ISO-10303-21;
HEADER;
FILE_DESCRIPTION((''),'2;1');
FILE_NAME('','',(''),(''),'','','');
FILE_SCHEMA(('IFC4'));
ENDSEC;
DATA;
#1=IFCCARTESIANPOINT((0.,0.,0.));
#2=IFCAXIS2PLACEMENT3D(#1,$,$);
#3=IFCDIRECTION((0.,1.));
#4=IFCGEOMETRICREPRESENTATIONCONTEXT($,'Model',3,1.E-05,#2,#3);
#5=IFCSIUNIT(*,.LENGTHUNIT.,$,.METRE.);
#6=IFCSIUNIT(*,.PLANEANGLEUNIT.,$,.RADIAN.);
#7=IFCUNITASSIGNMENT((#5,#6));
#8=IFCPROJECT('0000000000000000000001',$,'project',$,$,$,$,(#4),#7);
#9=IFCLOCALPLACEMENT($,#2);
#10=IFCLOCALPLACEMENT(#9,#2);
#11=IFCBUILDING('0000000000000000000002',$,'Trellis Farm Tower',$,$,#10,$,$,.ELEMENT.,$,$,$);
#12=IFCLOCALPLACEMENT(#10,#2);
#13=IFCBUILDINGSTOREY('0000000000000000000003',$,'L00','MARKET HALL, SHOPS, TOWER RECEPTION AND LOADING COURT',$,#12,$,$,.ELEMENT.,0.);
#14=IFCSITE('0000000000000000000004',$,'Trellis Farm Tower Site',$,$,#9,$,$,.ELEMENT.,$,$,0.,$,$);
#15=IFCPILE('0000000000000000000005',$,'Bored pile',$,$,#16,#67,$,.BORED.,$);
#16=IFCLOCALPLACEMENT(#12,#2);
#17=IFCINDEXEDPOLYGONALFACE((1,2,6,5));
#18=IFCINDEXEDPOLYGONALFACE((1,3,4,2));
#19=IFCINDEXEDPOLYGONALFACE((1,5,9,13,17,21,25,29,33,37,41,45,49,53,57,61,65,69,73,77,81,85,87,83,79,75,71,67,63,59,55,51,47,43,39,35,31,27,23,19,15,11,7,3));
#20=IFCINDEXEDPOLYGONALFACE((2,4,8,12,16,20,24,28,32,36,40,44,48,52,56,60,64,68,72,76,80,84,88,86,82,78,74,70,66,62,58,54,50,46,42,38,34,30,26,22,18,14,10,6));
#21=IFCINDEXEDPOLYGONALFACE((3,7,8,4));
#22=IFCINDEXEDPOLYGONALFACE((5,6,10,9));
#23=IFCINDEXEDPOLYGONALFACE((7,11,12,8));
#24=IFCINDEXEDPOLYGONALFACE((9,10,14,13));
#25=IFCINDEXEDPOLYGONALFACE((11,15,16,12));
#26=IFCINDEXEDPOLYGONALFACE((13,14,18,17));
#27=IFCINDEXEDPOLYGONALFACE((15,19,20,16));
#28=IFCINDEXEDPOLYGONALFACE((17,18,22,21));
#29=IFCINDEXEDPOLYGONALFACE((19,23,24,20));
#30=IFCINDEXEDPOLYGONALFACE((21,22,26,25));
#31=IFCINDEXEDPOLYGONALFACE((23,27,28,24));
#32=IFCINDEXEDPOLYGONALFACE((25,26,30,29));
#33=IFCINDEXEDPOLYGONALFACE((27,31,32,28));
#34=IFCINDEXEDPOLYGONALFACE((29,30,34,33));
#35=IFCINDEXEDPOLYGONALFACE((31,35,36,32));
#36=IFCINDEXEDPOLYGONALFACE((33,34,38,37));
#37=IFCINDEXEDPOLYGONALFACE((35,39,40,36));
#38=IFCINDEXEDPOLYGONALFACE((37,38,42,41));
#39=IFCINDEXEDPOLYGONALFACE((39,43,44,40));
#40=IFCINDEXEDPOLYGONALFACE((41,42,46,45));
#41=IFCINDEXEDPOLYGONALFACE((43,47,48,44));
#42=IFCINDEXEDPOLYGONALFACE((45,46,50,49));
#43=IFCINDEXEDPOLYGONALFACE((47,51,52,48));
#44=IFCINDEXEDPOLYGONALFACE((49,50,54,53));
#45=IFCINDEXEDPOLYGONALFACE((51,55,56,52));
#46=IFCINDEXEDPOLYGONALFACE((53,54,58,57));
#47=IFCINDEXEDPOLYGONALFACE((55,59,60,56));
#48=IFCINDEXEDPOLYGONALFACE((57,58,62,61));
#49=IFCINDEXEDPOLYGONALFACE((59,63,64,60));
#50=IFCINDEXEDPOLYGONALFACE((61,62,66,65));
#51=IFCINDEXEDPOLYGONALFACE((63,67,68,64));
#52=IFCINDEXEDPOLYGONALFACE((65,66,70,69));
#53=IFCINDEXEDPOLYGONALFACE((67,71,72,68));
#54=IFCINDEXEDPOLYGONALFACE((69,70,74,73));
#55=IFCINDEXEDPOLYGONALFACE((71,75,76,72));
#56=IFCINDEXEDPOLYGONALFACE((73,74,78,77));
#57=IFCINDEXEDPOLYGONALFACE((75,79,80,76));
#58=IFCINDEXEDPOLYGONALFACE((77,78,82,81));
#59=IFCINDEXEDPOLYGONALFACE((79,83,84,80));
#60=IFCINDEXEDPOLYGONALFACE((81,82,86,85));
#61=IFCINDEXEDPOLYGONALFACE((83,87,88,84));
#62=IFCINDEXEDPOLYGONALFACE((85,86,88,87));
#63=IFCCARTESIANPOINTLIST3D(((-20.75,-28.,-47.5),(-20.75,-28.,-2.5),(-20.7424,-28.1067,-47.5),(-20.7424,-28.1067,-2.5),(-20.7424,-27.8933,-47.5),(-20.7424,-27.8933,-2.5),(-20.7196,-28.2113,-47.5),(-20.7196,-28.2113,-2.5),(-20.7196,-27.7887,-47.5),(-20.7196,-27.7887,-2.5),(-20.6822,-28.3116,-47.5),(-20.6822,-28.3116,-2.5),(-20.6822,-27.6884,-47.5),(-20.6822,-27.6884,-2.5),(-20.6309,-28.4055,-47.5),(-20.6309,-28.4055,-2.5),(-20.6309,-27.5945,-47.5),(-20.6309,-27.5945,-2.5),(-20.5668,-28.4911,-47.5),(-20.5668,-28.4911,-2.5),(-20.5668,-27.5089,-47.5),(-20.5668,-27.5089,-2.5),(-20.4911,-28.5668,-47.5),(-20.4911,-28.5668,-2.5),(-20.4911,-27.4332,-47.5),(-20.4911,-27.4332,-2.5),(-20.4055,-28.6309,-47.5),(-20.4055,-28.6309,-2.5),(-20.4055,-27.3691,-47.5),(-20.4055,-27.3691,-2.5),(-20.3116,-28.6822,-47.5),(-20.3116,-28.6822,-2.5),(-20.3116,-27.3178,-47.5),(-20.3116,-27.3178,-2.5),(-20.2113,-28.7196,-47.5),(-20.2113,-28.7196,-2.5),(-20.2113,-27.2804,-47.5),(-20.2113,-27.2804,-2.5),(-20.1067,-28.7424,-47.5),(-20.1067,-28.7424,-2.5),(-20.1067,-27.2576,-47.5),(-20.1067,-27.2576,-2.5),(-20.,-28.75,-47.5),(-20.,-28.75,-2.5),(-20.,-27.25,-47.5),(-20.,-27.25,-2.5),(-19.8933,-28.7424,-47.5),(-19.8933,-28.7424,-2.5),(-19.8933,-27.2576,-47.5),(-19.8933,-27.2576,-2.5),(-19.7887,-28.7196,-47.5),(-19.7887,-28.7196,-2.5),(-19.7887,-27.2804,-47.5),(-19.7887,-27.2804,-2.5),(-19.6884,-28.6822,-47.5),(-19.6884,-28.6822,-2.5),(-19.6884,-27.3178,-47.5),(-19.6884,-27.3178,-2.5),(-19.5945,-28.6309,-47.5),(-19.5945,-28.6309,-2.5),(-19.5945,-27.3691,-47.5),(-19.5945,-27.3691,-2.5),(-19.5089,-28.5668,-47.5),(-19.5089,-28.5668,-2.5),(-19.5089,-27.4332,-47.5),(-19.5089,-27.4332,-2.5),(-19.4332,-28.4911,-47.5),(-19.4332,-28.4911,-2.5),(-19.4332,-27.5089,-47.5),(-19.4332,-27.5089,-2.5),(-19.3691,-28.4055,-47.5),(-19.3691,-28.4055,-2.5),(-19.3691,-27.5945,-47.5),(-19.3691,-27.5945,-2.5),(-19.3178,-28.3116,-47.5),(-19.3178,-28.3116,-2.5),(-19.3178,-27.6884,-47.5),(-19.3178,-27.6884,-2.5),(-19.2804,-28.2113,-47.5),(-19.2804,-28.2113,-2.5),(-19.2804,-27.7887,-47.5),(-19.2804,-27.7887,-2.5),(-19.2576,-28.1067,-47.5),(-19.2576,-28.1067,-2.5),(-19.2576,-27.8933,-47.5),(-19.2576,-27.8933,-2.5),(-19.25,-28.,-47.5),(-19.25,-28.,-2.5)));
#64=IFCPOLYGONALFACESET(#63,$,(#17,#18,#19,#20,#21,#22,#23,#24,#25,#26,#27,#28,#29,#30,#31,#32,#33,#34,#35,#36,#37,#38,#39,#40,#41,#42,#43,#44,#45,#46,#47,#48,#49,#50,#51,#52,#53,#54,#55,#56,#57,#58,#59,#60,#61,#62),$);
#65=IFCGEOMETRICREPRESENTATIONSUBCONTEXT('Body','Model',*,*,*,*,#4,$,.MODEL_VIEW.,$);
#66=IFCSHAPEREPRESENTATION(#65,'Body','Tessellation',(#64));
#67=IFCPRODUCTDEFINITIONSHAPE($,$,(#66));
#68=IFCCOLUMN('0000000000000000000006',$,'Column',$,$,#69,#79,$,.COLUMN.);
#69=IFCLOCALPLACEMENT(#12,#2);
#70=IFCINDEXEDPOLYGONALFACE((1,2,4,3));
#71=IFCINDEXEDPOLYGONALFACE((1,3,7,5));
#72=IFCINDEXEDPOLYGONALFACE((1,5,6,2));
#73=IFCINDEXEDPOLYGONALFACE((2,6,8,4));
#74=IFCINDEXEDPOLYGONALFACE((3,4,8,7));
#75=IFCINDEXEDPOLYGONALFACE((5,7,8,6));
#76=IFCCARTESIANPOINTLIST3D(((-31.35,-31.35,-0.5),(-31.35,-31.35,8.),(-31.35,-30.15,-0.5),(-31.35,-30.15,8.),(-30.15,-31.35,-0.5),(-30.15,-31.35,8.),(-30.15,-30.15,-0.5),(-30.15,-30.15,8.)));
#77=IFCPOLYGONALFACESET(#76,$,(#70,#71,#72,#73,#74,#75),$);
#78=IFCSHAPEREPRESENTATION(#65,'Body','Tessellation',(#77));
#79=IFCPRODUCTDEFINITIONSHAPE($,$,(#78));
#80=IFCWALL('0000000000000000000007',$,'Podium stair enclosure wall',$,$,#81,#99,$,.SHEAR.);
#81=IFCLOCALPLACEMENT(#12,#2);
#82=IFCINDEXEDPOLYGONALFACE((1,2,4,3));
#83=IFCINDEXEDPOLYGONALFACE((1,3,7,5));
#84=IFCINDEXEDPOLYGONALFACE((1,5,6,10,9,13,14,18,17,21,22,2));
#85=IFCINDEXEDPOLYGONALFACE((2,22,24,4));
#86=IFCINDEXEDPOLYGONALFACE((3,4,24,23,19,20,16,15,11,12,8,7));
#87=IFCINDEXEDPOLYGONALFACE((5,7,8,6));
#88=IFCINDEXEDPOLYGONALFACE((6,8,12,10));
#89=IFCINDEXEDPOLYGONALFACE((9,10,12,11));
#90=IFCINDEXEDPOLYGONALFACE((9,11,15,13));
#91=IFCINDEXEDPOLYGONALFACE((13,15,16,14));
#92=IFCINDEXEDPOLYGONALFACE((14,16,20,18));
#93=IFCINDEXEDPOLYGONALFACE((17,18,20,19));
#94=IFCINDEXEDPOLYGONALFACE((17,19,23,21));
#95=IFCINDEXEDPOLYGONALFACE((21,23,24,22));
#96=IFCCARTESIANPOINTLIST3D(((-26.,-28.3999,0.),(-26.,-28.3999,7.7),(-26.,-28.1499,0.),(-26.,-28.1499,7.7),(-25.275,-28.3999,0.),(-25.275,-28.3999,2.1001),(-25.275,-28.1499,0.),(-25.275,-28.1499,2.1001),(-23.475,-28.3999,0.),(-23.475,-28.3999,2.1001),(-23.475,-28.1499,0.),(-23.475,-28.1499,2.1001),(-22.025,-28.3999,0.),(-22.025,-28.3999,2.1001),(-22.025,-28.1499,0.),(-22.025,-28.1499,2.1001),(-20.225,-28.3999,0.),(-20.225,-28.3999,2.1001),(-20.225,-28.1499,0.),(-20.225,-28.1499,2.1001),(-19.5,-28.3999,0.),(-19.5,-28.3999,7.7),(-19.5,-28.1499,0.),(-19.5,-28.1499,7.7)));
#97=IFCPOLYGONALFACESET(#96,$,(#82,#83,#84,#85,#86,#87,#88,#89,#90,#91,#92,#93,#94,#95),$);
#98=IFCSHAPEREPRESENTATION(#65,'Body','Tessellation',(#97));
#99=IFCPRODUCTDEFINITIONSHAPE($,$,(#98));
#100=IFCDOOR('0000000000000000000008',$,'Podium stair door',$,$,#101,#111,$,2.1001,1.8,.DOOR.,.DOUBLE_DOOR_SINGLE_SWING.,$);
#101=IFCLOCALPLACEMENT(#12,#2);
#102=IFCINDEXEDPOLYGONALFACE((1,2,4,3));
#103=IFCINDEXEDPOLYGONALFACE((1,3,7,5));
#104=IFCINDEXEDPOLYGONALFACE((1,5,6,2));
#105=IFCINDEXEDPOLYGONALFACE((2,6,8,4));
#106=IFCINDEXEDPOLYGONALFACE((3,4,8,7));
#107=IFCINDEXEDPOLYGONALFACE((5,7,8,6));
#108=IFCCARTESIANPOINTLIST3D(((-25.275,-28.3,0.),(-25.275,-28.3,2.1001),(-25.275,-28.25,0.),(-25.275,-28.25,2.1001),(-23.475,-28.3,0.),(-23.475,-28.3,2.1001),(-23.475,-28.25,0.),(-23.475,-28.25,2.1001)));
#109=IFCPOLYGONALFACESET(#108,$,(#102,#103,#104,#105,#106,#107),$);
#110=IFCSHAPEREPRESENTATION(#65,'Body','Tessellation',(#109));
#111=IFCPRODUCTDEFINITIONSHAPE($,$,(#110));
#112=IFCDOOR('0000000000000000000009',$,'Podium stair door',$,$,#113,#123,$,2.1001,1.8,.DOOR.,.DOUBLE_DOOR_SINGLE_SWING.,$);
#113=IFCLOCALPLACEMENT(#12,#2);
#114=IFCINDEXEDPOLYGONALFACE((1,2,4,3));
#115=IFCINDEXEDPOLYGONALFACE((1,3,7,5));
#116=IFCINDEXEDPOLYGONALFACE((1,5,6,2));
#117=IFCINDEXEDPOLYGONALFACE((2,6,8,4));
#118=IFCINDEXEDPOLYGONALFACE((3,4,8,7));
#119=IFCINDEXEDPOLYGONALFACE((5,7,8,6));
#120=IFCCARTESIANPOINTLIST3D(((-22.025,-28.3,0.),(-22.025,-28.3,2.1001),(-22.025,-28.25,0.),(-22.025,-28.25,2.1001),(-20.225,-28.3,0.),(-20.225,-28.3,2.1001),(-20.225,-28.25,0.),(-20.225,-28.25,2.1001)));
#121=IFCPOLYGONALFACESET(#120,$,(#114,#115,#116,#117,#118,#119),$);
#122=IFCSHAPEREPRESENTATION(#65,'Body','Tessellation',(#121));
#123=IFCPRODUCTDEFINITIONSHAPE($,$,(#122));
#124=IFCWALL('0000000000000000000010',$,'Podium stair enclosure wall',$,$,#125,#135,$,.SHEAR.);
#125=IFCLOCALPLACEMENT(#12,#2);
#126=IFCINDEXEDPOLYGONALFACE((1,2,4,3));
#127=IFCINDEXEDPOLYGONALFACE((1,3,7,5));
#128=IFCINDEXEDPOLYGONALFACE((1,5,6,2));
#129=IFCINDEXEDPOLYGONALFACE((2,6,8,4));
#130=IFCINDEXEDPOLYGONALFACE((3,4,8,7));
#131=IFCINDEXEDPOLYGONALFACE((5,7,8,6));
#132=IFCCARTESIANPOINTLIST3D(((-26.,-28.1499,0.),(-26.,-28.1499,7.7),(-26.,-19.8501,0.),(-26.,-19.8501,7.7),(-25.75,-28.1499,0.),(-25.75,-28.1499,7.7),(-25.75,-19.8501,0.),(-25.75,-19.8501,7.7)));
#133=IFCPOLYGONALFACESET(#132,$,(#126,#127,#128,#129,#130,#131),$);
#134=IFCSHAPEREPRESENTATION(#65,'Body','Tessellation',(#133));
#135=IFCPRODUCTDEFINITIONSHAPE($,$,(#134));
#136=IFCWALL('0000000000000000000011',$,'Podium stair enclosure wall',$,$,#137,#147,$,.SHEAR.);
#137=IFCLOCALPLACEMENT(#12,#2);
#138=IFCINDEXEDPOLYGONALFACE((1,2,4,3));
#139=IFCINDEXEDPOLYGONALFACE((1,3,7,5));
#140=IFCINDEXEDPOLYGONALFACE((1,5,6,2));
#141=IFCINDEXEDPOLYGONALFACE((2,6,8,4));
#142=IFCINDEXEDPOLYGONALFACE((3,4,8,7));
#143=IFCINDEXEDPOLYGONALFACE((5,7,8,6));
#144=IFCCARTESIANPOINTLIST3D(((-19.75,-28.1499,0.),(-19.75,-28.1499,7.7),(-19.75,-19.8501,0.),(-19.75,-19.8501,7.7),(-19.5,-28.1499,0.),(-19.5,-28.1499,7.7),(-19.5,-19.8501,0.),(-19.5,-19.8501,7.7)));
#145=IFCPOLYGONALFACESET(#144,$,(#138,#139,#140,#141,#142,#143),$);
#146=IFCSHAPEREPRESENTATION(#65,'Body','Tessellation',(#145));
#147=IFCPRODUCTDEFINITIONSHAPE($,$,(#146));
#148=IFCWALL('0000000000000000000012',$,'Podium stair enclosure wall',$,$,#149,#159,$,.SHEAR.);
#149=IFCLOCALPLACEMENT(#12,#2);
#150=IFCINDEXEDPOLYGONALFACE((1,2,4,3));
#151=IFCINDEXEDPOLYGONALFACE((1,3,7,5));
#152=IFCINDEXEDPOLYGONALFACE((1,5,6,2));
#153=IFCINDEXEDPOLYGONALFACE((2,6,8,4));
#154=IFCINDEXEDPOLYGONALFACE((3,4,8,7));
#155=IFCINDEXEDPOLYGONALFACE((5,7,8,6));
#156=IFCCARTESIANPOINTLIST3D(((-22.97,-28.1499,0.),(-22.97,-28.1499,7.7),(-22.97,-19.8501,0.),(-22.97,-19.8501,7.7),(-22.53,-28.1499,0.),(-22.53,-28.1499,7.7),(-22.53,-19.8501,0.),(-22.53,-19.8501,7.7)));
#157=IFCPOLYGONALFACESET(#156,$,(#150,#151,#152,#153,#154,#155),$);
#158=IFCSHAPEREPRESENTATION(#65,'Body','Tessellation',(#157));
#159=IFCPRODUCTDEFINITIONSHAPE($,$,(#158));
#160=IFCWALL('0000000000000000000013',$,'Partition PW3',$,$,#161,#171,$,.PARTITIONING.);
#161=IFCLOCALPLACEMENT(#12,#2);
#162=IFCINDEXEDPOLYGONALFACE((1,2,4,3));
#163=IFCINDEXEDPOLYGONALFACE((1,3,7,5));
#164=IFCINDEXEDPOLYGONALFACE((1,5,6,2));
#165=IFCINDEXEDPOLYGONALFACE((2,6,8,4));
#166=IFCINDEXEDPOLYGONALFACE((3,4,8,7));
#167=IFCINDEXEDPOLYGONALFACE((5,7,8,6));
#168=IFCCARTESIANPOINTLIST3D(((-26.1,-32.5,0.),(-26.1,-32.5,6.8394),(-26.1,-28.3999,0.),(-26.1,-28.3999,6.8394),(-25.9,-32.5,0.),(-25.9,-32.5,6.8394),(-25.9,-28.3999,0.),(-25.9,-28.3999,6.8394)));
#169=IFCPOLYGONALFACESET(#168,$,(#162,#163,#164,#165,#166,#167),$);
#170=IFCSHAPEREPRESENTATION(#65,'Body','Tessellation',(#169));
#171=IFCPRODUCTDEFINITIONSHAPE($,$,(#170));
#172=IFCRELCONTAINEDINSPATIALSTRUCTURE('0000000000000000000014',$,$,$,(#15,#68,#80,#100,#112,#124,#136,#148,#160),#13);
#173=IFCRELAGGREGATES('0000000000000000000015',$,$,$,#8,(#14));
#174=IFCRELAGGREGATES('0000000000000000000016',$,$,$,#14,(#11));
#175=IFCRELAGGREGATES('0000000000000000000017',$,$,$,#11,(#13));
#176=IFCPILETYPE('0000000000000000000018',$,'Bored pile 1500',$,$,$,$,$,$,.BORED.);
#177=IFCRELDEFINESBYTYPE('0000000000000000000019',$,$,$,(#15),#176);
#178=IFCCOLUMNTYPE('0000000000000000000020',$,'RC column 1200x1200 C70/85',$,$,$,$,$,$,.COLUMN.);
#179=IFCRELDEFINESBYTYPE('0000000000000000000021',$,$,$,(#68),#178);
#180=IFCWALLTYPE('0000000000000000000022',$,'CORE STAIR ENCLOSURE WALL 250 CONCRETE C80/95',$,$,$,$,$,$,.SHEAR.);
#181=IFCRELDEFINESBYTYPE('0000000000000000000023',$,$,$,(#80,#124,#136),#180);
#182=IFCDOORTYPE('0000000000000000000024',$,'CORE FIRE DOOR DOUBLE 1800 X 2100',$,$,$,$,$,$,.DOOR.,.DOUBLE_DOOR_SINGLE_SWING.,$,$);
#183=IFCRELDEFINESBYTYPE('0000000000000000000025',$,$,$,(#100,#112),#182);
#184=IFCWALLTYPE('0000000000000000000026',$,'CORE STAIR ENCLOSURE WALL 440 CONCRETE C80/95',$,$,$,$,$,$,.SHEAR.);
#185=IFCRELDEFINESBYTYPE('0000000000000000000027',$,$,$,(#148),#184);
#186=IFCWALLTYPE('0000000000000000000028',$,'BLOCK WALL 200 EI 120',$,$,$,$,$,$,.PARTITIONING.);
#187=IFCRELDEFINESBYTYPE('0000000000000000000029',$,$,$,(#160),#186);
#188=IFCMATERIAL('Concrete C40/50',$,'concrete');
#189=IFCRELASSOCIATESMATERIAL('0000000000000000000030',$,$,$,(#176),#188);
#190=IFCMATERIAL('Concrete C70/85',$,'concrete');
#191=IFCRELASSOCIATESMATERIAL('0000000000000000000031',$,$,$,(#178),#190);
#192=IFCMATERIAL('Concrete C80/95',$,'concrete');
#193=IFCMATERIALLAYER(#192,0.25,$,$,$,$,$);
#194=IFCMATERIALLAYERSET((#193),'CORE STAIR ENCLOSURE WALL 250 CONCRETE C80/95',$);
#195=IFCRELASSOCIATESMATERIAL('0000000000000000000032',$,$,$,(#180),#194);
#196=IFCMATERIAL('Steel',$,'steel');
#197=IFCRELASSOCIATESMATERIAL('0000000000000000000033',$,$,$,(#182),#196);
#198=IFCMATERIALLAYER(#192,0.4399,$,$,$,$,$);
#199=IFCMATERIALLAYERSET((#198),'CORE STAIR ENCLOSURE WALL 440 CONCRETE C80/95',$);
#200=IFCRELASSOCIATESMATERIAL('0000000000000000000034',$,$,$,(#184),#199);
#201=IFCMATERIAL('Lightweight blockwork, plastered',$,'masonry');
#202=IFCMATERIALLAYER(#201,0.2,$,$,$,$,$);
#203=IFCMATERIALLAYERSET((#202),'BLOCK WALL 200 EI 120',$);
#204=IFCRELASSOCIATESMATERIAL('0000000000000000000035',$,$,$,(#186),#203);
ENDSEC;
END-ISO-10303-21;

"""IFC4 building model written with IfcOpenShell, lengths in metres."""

from ifc_helpers import new_model, si_unit, direction, frame, frame_2d, origin, origin_2d, place, context, subcontext, project, spatial, rectangle, circle, extrude, source, transform, mapped, material, layer, layer_set, material_profile, profile_set, type_object, element, fill, save


model = new_model("IFC4")

# Units and contexts
model_context = context("Model", 3, precision=1e-05, world=origin(), true_north=direction((0.0, 1.0)))
body_context = subcontext(model_context, "Body", "Model", "MODEL_VIEW")
ifc_project = project(units=[si_unit("LENGTHUNIT", "METRE"), si_unit("PLANEANGLEUNIT", "RADIAN")], contexts=[model_context])

# Site, building, storey
site_placement = place(None, origin())
site = spatial("IfcSite", under=ifc_project, at=site_placement, Name="Trellis Farm Tower Site", CompositionType="ELEMENT", RefElevation=0.0)
building_placement = place(site_placement, origin())
building = spatial("IfcBuilding", under=site, at=building_placement, Name="Trellis Farm Tower", CompositionType="ELEMENT")
storey_placement = place(building_placement, origin())
storey = spatial("IfcBuildingStorey", under=building, at=storey_placement, Name="L00", Description="MARKET HALL, SHOPS, TOWER RECEPTION AND LOADING COURT", CompositionType="ELEMENT", Elevation=0.0)

# Pile
ifc_material_1 = material(Name="Concrete C40/50", Category="concrete")
ifc_material_profile_1 = material_profile(ifc_material_1, circle(Radius=0.75, at=origin_2d()), Name="Bored pile 1500")
ifc_profile_set_1 = profile_set([ifc_material_profile_1], Name="Concrete C40/50")
pile_type = type_object("IfcPileType", Name="Bored pile 1500", PredefinedType="BORED", material=ifc_profile_set_1)
shared_shape_1 = source(origin(), body_context, "Body", "SweptSolid", [
    extrude(circle(Radius=0.75, at=origin_2d()), origin(), (0.0, 0.0, 1.0), 45.0),
])
for number, where, z_axis, x_axis, name in (
    (1, (-20.0, -28.0, -2.5), (0.0, 0.0, -1.0), (1.0, 0.0, 0.0), "Bored pile"),
):
    element("IfcPile", number, at=place(storey_placement, frame(where, z_axis=z_axis, x_axis=x_axis)), inside=storey, type_object=pile_type, Name=name, PredefinedType="BORED", context=body_context, shape_type="MappedRepresentation", body=[
        mapped(shared_shape_1, transform((0.0, 0.0, 0.0))),
    ])

# Column
ifc_material_2 = material(Name="Concrete C70/85", Category="concrete")
ifc_material_profile_2 = material_profile(ifc_material_2, rectangle(XDim=1.2, YDim=1.2, at=origin_2d()), Name="RC column 1200x1200 C70/85")
ifc_profile_set_2 = profile_set([ifc_material_profile_2], Name="Concrete C70/85")
column_type = type_object("IfcColumnType", Name="RC column 1200x1200 C70/85", PredefinedType="COLUMN", material=ifc_profile_set_2)
shared_shape_2 = source(origin(), body_context, "Body", "SweptSolid", [
    extrude(rectangle(XDim=1.2, YDim=1.2, at=origin_2d()), origin(), (0.0, 0.0, 1.0), 8.5),
])
column_placement = place(storey_placement, frame((-30.75, -30.75, -0.5), z_axis=(0.0, 0.0, 1.0), x_axis=(1.0, 0.0, 0.0)))
element("IfcColumn", 2, at=column_placement, inside=storey, type_object=column_type, Name="Column", PredefinedType="COLUMN", context=body_context, shape_type="MappedRepresentation", body=[
    mapped(shared_shape_2, transform((0.0, 0.0, 0.0))),
])

# Wall, openings, doors
ifc_material_3 = material(Name="Concrete C80/95", Category="concrete")
ifc_layer_1 = layer(ifc_material_3, 0.25)
ifc_layer_set_1 = layer_set([ifc_layer_1], Name="CORE STAIR ENCLOSURE WALL 250 CONCRETE C80/95")
wall_type_1 = type_object("IfcWallType", Name="CORE STAIR ENCLOSURE WALL 250 CONCRETE C80/95", PredefinedType="SHEAR", material=ifc_layer_set_1)
shared_shape_3 = source(origin(), body_context, "Body", "SweptSolid", [
    extrude(rectangle(XDim=6.5, YDim=0.25, at=frame_2d((3.25, 0.0))), origin(), (0.0, 0.0, 1.0), 7.7),
])
wall_1_placement = place(storey_placement, frame((-26.0, -28.2749, 0.0), z_axis=(0.0, 0.0, 1.0), x_axis=(1.0, 0.0, 0.0)))
wall_1 = element("IfcWall", 3, at=wall_1_placement, inside=storey, type_object=wall_type_1, Name="Podium stair enclosure wall", PredefinedType="SHEAR", context=body_context, shape_type="MappedRepresentation", body=[
    mapped(shared_shape_3, transform((0.0, 0.0, 0.0))),
])
shared_shape_4 = source(origin(), body_context, "Body", "SweptSolid", [
    extrude(rectangle(XDim=1.8, YDim=2.1001, at=frame_2d((0.8999, 1.05))), frame((0.0, 0.135, 0.0), z_axis=(0.0, -1.0, 0.0), x_axis=(1.0, 0.0, 0.0)), (0.0, 0.0, 1.0), 0.27),
])
opening_1_placement = place(wall_1_placement, frame((0.7251, 0.0, 0.0)))
opening_1 = element("IfcOpeningElement", 4, at=opening_1_placement, cuts=wall_1, PredefinedType="OPENING", context=body_context, shape_type="MappedRepresentation", body=[
    mapped(shared_shape_4, transform((0.0, 0.0, 0.0))),
])
opening_2_placement = place(wall_1_placement, frame((3.9751, 0.0, 0.0)))
opening_2 = element("IfcOpeningElement", 5, at=opening_2_placement, cuts=wall_1, PredefinedType="OPENING", context=body_context, shape_type="MappedRepresentation", body=[
    mapped(shared_shape_4, transform((0.0, 0.0, 0.0))),
])
ifc_material_4 = material(Name="Steel", Category="steel")
door_type = type_object("IfcDoorType", Name="CORE FIRE DOOR DOUBLE 1800 X 2100", OperationType="DOUBLE_DOOR_SINGLE_SWING", PredefinedType="DOOR", material=ifc_material_4)
shared_shape_5 = source(origin(), body_context, "Body", "SweptSolid", [
    extrude(rectangle(XDim=1.8, YDim=2.1001, at=frame_2d((0.8999, 1.05))), frame((0.0, 0.0249, 0.0), z_axis=(0.0, -1.0, 0.0), x_axis=(1.0, 0.0, 0.0)), (0.0, 0.0, 1.0), 0.05),
])
door_1_placement = place(opening_1_placement, origin())
door_1 = element("IfcDoor", 6, at=door_1_placement, inside=storey, type_object=door_type, Name="Podium stair door", OperationType="DOUBLE_DOOR_SINGLE_SWING", OverallHeight=2.1001, OverallWidth=1.8, PredefinedType="DOOR", context=body_context, shape_type="MappedRepresentation", body=[
    mapped(shared_shape_5, transform((0.0, 0.0, 0.0))),
])
fill(opening_1, door_1)
door_2_placement = place(opening_2_placement, origin())
door_2 = element("IfcDoor", 7, at=door_2_placement, inside=storey, type_object=door_type, Name="Podium stair door", OperationType="DOUBLE_DOOR_SINGLE_SWING", OverallHeight=2.1001, OverallWidth=1.8, PredefinedType="DOOR", context=body_context, shape_type="MappedRepresentation", body=[
    mapped(shared_shape_5, transform((0.0, 0.0, 0.0))),
])
fill(opening_2, door_2)

# Walls
shared_shape_6 = source(origin(), body_context, "Body", "SweptSolid", [
    extrude(rectangle(XDim=8.2998, YDim=0.25, at=frame_2d((4.1499, 0.0))), origin(), (0.0, 0.0, 1.0), 7.7),
])
for number, where, z_axis, x_axis, name in (
    (8, (-25.875, -28.1499, 0.0), (0.0, 0.0, 1.0), (0.0, 1.0, 0.0), "Podium stair enclosure wall"),
    (9, (-19.625, -28.1499, 0.0), (0.0, 0.0, 1.0), (0.0, 1.0, 0.0), "Podium stair enclosure wall"),
):
    element("IfcWall", number, at=place(storey_placement, frame(where, z_axis=z_axis, x_axis=x_axis)), inside=storey, type_object=wall_type_1, Name=name, PredefinedType="SHEAR", context=body_context, shape_type="MappedRepresentation", body=[
        mapped(shared_shape_6, transform((0.0, 0.0, 0.0))),
    ])
ifc_layer_2 = layer(ifc_material_3, 0.4399)
ifc_layer_set_2 = layer_set([ifc_layer_2], Name="CORE STAIR ENCLOSURE WALL 440 CONCRETE C80/95")
wall_type_2 = type_object("IfcWallType", Name="CORE STAIR ENCLOSURE WALL 440 CONCRETE C80/95", PredefinedType="SHEAR", material=ifc_layer_set_2)
shared_shape_7 = source(origin(), body_context, "Body", "SweptSolid", [
    extrude(rectangle(XDim=8.2998, YDim=0.4399, at=frame_2d((4.1499, 0.0))), origin(), (0.0, 0.0, 1.0), 7.7),
])
wall_2_placement = place(storey_placement, frame((-22.75, -28.1499, 0.0), z_axis=(0.0, 0.0, 1.0), x_axis=(0.0, 1.0, 0.0)))
element("IfcWall", 10, at=wall_2_placement, inside=storey, type_object=wall_type_2, Name="Podium stair enclosure wall", PredefinedType="SHEAR", context=body_context, shape_type="MappedRepresentation", body=[
    mapped(shared_shape_7, transform((0.0, 0.0, 0.0))),
])
ifc_material_5 = material(Name="Lightweight blockwork, plastered", Category="masonry")
ifc_layer_3 = layer(ifc_material_5, 0.2)
ifc_layer_set_3 = layer_set([ifc_layer_3], Name="BLOCK WALL 200 EI 120")
wall_type_3 = type_object("IfcWallType", Name="BLOCK WALL 200 EI 120", PredefinedType="PARTITIONING", material=ifc_layer_set_3)
shared_shape_8 = source(origin(), body_context, "Body", "SweptSolid", [
    extrude(rectangle(XDim=4.1001, YDim=0.2, at=frame_2d((2.05, 0.0))), origin(), (0.0, 0.0, 1.0), 6.8394),
])
wall_3_placement = place(storey_placement, frame((-26.0, -28.3999, 0.0), z_axis=(0.0, 0.0, 1.0), x_axis=(0.0, -1.0, 0.0)))
element("IfcWall", 11, at=wall_3_placement, inside=storey, type_object=wall_type_3, Name="Partition PW3", PredefinedType="PARTITIONING", context=body_context, shape_type="MappedRepresentation", body=[
    mapped(shared_shape_8, transform((0.0, 0.0, 0.0))),
])

save(model, "model.ifc")
